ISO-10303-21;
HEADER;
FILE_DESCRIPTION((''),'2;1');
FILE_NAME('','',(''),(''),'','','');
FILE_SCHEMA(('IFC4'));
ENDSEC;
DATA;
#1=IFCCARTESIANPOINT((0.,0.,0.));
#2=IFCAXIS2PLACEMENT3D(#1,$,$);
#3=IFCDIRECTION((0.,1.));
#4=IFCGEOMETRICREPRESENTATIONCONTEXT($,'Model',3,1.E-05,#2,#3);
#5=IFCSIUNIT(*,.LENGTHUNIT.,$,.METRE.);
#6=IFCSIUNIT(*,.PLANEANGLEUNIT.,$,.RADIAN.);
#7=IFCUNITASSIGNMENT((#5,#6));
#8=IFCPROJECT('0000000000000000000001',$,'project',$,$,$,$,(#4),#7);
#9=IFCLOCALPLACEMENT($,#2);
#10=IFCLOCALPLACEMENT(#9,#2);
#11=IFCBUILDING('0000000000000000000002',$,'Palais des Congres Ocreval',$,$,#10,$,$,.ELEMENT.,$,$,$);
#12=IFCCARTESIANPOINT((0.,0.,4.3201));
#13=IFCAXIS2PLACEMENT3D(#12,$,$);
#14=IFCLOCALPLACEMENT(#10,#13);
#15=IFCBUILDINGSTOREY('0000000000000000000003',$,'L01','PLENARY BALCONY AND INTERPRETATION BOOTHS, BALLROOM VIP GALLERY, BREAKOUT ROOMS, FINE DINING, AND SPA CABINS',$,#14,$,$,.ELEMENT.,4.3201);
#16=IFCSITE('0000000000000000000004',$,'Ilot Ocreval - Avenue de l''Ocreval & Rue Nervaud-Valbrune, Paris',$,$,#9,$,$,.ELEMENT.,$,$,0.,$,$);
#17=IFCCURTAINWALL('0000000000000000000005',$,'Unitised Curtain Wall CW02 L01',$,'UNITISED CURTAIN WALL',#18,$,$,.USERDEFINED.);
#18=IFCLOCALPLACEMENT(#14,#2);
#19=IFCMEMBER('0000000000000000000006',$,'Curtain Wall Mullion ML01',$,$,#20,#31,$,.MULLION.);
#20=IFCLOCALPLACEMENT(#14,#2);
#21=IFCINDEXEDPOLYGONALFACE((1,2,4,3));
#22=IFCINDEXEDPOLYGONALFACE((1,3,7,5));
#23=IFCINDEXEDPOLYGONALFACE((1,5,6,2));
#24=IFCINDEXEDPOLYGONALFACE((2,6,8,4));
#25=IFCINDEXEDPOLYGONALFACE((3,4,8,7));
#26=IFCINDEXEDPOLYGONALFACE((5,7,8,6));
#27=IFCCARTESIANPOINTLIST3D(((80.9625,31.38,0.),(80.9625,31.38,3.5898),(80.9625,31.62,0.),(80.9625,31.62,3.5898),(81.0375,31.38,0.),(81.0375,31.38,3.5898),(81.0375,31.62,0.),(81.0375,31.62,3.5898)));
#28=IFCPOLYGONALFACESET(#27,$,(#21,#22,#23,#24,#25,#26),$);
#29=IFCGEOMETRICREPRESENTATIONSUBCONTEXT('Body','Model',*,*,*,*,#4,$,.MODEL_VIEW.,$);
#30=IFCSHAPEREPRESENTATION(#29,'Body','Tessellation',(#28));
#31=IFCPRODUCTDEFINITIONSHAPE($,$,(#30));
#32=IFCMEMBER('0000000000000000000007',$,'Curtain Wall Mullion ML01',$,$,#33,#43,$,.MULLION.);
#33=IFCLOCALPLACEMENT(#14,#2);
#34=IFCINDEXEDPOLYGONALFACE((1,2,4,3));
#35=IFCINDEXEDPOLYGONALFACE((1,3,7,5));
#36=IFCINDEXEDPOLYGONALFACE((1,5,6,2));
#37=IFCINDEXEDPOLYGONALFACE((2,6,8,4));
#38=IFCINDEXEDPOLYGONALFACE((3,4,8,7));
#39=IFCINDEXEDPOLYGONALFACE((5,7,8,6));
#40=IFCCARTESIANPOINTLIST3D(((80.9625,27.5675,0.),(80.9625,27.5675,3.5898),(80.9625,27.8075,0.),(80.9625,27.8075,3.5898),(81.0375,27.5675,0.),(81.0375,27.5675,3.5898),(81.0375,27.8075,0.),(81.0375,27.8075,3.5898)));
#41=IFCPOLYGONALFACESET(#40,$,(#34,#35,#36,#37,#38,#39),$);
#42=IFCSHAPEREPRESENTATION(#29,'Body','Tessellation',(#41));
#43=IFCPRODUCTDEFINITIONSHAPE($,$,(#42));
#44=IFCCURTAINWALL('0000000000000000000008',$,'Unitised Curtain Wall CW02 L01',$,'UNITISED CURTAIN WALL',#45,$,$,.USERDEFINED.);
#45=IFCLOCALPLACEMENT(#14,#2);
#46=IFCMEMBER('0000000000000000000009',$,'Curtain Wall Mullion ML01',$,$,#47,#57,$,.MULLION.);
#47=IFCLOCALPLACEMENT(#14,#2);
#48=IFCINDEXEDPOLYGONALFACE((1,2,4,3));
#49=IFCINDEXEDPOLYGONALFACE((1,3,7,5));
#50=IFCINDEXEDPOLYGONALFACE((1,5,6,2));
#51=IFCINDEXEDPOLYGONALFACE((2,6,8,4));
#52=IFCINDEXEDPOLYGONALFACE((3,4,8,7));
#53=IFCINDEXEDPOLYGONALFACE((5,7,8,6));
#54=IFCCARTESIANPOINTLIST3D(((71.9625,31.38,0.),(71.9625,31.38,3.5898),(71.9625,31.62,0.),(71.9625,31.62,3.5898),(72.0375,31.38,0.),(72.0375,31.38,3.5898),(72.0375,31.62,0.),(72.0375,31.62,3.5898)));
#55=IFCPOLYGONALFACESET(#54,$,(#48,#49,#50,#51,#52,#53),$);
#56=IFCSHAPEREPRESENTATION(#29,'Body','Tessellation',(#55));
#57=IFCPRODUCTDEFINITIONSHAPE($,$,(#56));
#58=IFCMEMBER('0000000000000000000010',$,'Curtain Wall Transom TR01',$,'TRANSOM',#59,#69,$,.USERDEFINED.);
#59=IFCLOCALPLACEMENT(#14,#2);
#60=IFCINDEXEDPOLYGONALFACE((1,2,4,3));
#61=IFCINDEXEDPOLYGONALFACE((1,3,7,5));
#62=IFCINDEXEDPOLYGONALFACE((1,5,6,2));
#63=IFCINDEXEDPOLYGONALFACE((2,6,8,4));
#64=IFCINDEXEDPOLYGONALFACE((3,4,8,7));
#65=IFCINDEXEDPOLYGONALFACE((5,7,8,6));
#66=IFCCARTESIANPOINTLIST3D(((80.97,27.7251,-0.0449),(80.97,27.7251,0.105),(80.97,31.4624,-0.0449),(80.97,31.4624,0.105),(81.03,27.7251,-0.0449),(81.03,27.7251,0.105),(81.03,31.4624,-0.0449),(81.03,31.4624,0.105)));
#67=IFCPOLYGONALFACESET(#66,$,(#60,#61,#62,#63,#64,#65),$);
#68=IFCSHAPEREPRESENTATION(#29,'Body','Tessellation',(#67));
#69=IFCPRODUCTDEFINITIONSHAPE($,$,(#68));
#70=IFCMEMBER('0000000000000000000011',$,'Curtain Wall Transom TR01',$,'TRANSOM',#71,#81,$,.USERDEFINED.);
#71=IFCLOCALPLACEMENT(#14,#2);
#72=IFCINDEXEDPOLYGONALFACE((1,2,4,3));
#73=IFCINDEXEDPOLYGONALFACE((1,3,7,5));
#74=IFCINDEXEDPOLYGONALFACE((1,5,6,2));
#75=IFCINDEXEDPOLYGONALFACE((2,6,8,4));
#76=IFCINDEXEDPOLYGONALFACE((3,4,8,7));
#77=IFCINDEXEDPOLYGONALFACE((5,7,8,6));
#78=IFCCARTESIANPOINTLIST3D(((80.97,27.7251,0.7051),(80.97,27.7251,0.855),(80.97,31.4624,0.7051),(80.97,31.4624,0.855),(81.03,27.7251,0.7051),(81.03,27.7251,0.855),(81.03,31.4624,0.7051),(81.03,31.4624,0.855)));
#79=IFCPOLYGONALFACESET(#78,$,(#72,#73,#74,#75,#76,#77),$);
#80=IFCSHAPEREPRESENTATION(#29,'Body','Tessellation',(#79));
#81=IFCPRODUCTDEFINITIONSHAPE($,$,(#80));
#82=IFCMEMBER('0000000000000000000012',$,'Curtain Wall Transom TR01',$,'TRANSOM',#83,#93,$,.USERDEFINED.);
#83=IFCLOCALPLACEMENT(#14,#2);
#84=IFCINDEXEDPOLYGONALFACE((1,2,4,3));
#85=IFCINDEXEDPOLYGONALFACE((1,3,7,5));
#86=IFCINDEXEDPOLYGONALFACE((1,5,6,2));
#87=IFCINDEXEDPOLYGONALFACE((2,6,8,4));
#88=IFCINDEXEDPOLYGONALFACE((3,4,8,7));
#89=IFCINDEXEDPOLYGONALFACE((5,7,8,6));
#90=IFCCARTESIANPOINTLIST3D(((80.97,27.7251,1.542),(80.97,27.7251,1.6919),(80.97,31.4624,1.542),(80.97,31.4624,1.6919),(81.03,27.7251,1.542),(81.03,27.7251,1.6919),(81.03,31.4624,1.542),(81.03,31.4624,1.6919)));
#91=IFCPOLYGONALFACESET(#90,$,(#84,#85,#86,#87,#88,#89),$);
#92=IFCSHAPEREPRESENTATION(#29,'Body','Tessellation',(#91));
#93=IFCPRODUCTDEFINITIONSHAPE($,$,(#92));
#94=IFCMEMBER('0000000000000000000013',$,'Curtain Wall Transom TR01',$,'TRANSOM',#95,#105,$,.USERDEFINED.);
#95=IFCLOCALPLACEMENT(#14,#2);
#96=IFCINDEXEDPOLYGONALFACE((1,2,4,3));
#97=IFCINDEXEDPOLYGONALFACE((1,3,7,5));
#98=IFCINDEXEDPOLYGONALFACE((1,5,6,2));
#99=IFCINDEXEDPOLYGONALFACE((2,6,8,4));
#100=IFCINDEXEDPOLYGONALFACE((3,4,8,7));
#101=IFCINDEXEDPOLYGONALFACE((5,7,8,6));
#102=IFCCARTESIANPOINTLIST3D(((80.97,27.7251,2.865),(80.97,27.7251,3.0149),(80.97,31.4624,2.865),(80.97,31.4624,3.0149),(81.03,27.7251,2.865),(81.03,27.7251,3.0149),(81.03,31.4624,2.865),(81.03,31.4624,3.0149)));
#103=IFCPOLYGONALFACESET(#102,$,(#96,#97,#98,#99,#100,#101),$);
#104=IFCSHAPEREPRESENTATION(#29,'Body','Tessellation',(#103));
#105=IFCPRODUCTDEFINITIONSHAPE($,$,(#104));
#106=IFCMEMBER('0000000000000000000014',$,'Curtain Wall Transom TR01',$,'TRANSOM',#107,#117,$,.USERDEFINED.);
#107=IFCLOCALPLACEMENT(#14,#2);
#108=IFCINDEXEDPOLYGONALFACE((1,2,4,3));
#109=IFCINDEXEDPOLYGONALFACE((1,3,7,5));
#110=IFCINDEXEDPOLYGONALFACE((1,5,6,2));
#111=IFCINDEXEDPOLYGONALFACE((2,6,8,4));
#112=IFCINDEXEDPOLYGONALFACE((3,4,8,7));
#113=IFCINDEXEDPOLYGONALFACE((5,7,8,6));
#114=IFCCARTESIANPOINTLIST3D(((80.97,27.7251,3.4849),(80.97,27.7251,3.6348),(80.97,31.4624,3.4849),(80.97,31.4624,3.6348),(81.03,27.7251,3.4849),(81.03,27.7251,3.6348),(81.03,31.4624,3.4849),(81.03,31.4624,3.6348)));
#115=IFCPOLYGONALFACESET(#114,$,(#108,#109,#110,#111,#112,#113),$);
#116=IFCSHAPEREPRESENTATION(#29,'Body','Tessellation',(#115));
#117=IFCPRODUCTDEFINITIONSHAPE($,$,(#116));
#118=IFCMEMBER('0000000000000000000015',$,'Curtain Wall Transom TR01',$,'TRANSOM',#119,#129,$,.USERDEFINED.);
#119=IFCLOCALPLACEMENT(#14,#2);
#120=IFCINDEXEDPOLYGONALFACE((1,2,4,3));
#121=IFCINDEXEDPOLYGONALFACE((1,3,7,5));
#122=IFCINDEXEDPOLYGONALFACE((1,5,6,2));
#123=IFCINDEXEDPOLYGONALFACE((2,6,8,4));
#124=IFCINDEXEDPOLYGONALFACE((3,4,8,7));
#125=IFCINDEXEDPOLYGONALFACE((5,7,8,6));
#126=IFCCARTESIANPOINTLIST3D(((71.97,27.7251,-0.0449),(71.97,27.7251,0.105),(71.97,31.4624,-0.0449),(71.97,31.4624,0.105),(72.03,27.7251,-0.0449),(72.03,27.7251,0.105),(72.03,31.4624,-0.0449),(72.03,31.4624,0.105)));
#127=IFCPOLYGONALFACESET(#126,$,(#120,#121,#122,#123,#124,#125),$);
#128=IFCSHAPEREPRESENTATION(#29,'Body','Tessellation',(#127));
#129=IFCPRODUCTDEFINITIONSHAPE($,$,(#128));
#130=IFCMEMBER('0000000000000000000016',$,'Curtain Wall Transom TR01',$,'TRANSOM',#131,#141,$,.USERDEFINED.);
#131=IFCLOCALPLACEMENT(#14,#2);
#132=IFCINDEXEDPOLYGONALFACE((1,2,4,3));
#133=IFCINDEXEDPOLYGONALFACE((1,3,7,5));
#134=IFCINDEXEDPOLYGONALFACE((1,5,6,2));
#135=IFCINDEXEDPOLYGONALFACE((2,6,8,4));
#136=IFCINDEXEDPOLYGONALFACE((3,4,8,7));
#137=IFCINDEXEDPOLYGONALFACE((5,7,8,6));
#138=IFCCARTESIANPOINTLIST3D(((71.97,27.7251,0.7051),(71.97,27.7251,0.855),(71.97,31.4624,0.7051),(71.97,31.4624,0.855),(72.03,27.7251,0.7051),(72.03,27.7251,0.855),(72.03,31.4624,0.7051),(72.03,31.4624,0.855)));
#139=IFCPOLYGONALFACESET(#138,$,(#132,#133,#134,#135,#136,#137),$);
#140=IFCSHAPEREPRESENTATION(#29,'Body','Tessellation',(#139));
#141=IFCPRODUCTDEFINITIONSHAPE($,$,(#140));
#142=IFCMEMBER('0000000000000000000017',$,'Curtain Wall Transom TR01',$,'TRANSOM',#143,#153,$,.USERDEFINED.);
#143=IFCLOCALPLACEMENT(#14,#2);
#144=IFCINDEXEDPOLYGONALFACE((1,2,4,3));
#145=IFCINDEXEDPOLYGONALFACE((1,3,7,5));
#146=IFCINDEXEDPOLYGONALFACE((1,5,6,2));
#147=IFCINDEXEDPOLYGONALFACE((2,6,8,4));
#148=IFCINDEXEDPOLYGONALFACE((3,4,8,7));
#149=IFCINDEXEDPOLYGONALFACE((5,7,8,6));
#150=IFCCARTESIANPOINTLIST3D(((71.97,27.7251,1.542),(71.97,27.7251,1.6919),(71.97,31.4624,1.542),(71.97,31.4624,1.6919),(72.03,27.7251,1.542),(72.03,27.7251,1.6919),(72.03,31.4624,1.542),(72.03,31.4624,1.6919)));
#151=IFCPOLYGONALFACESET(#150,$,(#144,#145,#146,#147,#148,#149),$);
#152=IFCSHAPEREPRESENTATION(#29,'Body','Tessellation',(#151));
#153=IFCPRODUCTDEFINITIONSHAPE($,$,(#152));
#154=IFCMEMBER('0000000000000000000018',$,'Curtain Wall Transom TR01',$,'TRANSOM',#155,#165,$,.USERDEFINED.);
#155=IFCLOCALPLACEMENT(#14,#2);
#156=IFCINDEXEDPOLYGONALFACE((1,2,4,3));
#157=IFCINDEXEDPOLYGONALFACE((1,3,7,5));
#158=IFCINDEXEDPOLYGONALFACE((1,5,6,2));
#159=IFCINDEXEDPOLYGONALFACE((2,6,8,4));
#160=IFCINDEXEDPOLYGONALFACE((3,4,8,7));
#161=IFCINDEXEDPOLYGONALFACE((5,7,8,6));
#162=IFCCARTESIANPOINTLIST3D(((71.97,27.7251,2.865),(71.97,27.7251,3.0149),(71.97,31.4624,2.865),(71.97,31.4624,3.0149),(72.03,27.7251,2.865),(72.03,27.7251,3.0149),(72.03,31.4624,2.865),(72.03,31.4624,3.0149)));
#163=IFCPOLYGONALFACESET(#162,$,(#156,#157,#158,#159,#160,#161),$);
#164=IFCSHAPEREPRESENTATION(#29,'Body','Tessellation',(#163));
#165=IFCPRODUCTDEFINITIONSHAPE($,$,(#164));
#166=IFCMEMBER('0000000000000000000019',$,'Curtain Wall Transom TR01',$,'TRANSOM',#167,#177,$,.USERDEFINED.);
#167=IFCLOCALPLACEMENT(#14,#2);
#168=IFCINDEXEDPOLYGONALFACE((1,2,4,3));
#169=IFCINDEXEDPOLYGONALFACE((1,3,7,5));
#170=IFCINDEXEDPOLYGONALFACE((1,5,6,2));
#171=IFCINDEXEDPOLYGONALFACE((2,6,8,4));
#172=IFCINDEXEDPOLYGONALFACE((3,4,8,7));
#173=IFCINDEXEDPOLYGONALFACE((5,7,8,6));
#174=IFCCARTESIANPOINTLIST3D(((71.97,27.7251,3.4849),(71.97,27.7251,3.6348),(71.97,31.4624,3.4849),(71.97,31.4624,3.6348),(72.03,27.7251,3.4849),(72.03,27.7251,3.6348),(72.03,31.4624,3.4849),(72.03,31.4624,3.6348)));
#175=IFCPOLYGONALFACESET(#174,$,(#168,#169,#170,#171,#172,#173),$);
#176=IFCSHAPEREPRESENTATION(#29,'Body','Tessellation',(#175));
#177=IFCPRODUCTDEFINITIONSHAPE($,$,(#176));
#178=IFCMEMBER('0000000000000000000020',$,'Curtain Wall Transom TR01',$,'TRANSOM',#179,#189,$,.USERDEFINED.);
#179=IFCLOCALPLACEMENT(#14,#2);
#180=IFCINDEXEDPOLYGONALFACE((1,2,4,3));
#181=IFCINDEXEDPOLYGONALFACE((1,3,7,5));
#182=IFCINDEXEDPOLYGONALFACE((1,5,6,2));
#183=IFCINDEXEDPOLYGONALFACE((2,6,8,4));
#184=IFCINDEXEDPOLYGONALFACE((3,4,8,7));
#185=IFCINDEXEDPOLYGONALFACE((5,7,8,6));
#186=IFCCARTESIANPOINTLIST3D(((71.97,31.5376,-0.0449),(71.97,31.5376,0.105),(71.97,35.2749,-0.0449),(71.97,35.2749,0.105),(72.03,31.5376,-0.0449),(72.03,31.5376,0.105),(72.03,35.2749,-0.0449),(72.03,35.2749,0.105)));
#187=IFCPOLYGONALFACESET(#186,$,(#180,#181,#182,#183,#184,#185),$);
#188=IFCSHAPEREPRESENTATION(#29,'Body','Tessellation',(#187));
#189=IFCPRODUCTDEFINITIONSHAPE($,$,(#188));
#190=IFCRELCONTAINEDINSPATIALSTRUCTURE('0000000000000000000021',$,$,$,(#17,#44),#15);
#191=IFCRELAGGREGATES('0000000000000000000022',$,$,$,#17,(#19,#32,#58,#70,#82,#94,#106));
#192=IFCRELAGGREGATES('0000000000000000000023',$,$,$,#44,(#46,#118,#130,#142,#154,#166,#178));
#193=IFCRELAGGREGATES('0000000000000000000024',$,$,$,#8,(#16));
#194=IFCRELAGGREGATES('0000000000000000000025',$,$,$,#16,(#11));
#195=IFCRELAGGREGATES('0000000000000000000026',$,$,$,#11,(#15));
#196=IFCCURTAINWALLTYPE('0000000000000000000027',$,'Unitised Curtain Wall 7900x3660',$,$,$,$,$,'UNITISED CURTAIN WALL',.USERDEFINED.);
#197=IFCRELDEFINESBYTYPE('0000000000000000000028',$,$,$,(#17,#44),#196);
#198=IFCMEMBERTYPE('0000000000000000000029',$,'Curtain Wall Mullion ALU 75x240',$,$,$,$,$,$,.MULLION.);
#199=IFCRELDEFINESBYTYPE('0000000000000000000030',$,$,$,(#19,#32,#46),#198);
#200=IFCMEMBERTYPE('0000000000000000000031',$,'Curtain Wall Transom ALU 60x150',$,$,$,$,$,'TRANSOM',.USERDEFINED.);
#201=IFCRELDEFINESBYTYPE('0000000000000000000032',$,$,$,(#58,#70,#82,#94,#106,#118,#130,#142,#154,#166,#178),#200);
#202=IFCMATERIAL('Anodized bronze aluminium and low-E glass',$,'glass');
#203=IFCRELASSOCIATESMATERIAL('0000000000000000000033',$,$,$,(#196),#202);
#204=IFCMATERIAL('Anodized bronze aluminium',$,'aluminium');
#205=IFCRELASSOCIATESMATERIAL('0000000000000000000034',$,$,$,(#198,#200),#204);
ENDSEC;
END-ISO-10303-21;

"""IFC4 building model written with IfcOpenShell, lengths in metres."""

from ifc_helpers import new_model, si_unit, direction, frame, origin, origin_2d, place, context, subcontext, project, spatial, rectangle, extrude, material, material_profile, profile_set, type_object, element, aggregate, save


model = new_model("IFC4")

# Units and contexts
model_context = context("Model", 3, precision=1e-05, world=origin(), true_north=direction((0.0, 1.0)))
body_context = subcontext(model_context, "Body", "Model", "MODEL_VIEW")
ifc_project = project(units=[si_unit("LENGTHUNIT", "METRE"), si_unit("PLANEANGLEUNIT", "RADIAN")], contexts=[model_context])

# Site, building, storey
site_placement = place(None, origin())
site = spatial("IfcSite", under=ifc_project, at=site_placement, Name="Ilot Ocreval - Avenue de l'Ocreval & Rue Nervaud-Valbrune, Paris", CompositionType="ELEMENT", RefElevation=0.0)
building_placement = place(site_placement, origin())
building = spatial("IfcBuilding", under=site, at=building_placement, Name="Palais des Congres Ocreval", CompositionType="ELEMENT")
storey_placement = place(building_placement, frame((0.0, 0.0, 4.3201)))
storey = spatial("IfcBuildingStorey", under=building, at=storey_placement, Name="L01", Description="PLENARY BALCONY AND INTERPRETATION BOOTHS, BALLROOM VIP GALLERY, BREAKOUT ROOMS, FINE DINING, AND SPA CABINS", CompositionType="ELEMENT", Elevation=4.3201)

# Curtain wall, members
ifc_material_1 = material(Name="Anodized bronze aluminium and low-E glass", Category="glass")
curtain_wall_type = type_object("IfcCurtainWallType", Name="Unitised Curtain Wall 7900x3660", ElementType="UNITISED CURTAIN WALL", PredefinedType="USERDEFINED", material=ifc_material_1)
curtain_wall_1_placement = place(storey_placement, origin())
curtain_wall_1 = element("IfcCurtainWall", 1, at=curtain_wall_1_placement, inside=storey, type_object=curtain_wall_type, Name="Unitised Curtain Wall CW02 L01", ObjectType="UNITISED CURTAIN WALL", PredefinedType="USERDEFINED")
ifc_material_2 = material(Name="Anodized bronze aluminium", Category="aluminium")
ifc_material_profile_1 = material_profile(ifc_material_2, rectangle(XDim=0.075, YDim=0.24, at=origin_2d()), Name="ALU 75x240")
ifc_profile_set_1 = profile_set([ifc_material_profile_1], Name="Anodized bronze aluminium")
member_type_1 = type_object("IfcMemberType", Name="Curtain Wall Mullion ALU 75x240", PredefinedType="MULLION", material=ifc_profile_set_1)
member_1_placement = place(storey_placement, frame((81.0, 31.5, 0.0), z_axis=(0.0, 0.0, 1.0), x_axis=(1.0, 0.0, 0.0)))
member_1 = element("IfcMember", 2, at=member_1_placement, type_object=member_type_1, Name="Curtain Wall Mullion ML01", PredefinedType="MULLION", context=body_context, shape_type="SweptSolid", body=[
    extrude(rectangle(XDim=0.075, YDim=0.24, at=origin_2d()), origin(), (0.0, 0.0, 1.0), 3.5898),
])
member_2_placement = place(storey_placement, frame((81.0, 27.6875, 0.0), z_axis=(0.0, 0.0, 1.0), x_axis=(1.0, 0.0, 0.0)))
member_2 = element("IfcMember", 3, at=member_2_placement, type_object=member_type_1, Name="Curtain Wall Mullion ML01", PredefinedType="MULLION", context=body_context, shape_type="SweptSolid", body=[
    extrude(rectangle(XDim=0.075, YDim=0.24, at=origin_2d()), origin(), (0.0, 0.0, 1.0), 3.5898),
])

# Curtain wall, member
curtain_wall_2_placement = place(storey_placement, origin())
curtain_wall_2 = element("IfcCurtainWall", 4, at=curtain_wall_2_placement, inside=storey, type_object=curtain_wall_type, Name="Unitised Curtain Wall CW02 L01", ObjectType="UNITISED CURTAIN WALL", PredefinedType="USERDEFINED")
member_3_placement = place(storey_placement, frame((72.0, 31.5, 0.0), z_axis=(0.0, 0.0, 1.0), x_axis=(-1.0, 0.0, 0.0)))
member_3 = element("IfcMember", 5, at=member_3_placement, type_object=member_type_1, Name="Curtain Wall Mullion ML01", PredefinedType="MULLION", context=body_context, shape_type="SweptSolid", body=[
    extrude(rectangle(XDim=0.075, YDim=0.24, at=origin_2d()), origin(), (0.0, 0.0, 1.0), 3.5898),
])

# Members
ifc_material_profile_2 = material_profile(ifc_material_2, rectangle(XDim=0.0601, YDim=0.1499, at=origin_2d()), Name="ALU 60x150")
ifc_profile_set_2 = profile_set([ifc_material_profile_2], Name="Anodized bronze aluminium")
member_type_2 = type_object("IfcMemberType", Name="Curtain Wall Transom ALU 60x150", ElementType="TRANSOM", PredefinedType="USERDEFINED", material=ifc_profile_set_2)
member_4_placement = place(storey_placement, frame((81.0, 31.4624, 0.03), z_axis=(0.0, -1.0, 0.0), x_axis=(1.0, 0.0, 0.0)))
member_4 = element("IfcMember", 6, at=member_4_placement, type_object=member_type_2, Name="Curtain Wall Transom TR01", ObjectType="TRANSOM", PredefinedType="USERDEFINED", context=body_context, shape_type="SweptSolid", body=[
    extrude(rectangle(XDim=0.0601, YDim=0.1499, at=origin_2d()), origin(), (0.0, 0.0, 1.0), 3.7373),
])
member_5_placement = place(storey_placement, frame((81.0, 31.4624, 0.78), z_axis=(0.0, -1.0, 0.0), x_axis=(1.0, 0.0, 0.0)))
member_5 = element("IfcMember", 7, at=member_5_placement, type_object=member_type_2, Name="Curtain Wall Transom TR01", ObjectType="TRANSOM", PredefinedType="USERDEFINED", context=body_context, shape_type="SweptSolid", body=[
    extrude(rectangle(XDim=0.0601, YDim=0.1499, at=origin_2d()), origin(), (0.0, 0.0, 1.0), 3.7373),
])
member_6_placement = place(storey_placement, frame((81.0, 31.4624, 1.6169), z_axis=(0.0, -1.0, 0.0), x_axis=(1.0, 0.0, 0.0)))
member_6 = element("IfcMember", 8, at=member_6_placement, type_object=member_type_2, Name="Curtain Wall Transom TR01", ObjectType="TRANSOM", PredefinedType="USERDEFINED", context=body_context, shape_type="SweptSolid", body=[
    extrude(rectangle(XDim=0.0601, YDim=0.1499, at=origin_2d()), origin(), (0.0, 0.0, 1.0), 3.7373),
])
member_7_placement = place(storey_placement, frame((81.0, 31.4624, 2.9399), z_axis=(0.0, -1.0, 0.0), x_axis=(1.0, 0.0, 0.0)))
member_7 = element("IfcMember", 9, at=member_7_placement, type_object=member_type_2, Name="Curtain Wall Transom TR01", ObjectType="TRANSOM", PredefinedType="USERDEFINED", context=body_context, shape_type="SweptSolid", body=[
    extrude(rectangle(XDim=0.0601, YDim=0.1499, at=origin_2d()), origin(), (0.0, 0.0, 1.0), 3.7373),
])
member_8_placement = place(storey_placement, frame((81.0, 31.4624, 3.5598), z_axis=(0.0, -1.0, 0.0), x_axis=(1.0, 0.0, 0.0)))
member_8 = element("IfcMember", 10, at=member_8_placement, type_object=member_type_2, Name="Curtain Wall Transom TR01", ObjectType="TRANSOM", PredefinedType="USERDEFINED", context=body_context, shape_type="SweptSolid", body=[
    extrude(rectangle(XDim=0.0601, YDim=0.1499, at=origin_2d()), origin(), (0.0, 0.0, 1.0), 3.7373),
])
member_9_placement = place(storey_placement, frame((72.0, 27.7251, 0.03), z_axis=(0.0, 1.0, 0.0), x_axis=(-1.0, 0.0, 0.0)))
member_9 = element("IfcMember", 11, at=member_9_placement, type_object=member_type_2, Name="Curtain Wall Transom TR01", ObjectType="TRANSOM", PredefinedType="USERDEFINED", context=body_context, shape_type="SweptSolid", body=[
    extrude(rectangle(XDim=0.0601, YDim=0.1499, at=origin_2d()), origin(), (0.0, 0.0, 1.0), 3.7373),
])
member_10_placement = place(storey_placement, frame((72.0, 27.7251, 0.78), z_axis=(0.0, 1.0, 0.0), x_axis=(-1.0, 0.0, 0.0)))
member_10 = element("IfcMember", 12, at=member_10_placement, type_object=member_type_2, Name="Curtain Wall Transom TR01", ObjectType="TRANSOM", PredefinedType="USERDEFINED", context=body_context, shape_type="SweptSolid", body=[
    extrude(rectangle(XDim=0.0601, YDim=0.1499, at=origin_2d()), origin(), (0.0, 0.0, 1.0), 3.7373),
])
member_11_placement = place(storey_placement, frame((72.0, 27.7251, 1.6169), z_axis=(0.0, 1.0, 0.0), x_axis=(-1.0, 0.0, 0.0)))
member_11 = element("IfcMember", 13, at=member_11_placement, type_object=member_type_2, Name="Curtain Wall Transom TR01", ObjectType="TRANSOM", PredefinedType="USERDEFINED", context=body_context, shape_type="SweptSolid", body=[
    extrude(rectangle(XDim=0.0601, YDim=0.1499, at=origin_2d()), origin(), (0.0, 0.0, 1.0), 3.7373),
])
member_12_placement = place(storey_placement, frame((72.0, 27.7251, 2.9399), z_axis=(0.0, 1.0, 0.0), x_axis=(-1.0, 0.0, 0.0)))
member_12 = element("IfcMember", 14, at=member_12_placement, type_object=member_type_2, Name="Curtain Wall Transom TR01", ObjectType="TRANSOM", PredefinedType="USERDEFINED", context=body_context, shape_type="SweptSolid", body=[
    extrude(rectangle(XDim=0.0601, YDim=0.1499, at=origin_2d()), origin(), (0.0, 0.0, 1.0), 3.7373),
])
member_13_placement = place(storey_placement, frame((72.0, 27.7251, 3.5598), z_axis=(0.0, 1.0, 0.0), x_axis=(-1.0, 0.0, 0.0)))
member_13 = element("IfcMember", 15, at=member_13_placement, type_object=member_type_2, Name="Curtain Wall Transom TR01", ObjectType="TRANSOM", PredefinedType="USERDEFINED", context=body_context, shape_type="SweptSolid", body=[
    extrude(rectangle(XDim=0.0601, YDim=0.1499, at=origin_2d()), origin(), (0.0, 0.0, 1.0), 3.7373),
])
member_14_placement = place(storey_placement, frame((72.0, 31.5376, 0.03), z_axis=(0.0, 1.0, 0.0), x_axis=(-1.0, 0.0, 0.0)))
member_14 = element("IfcMember", 16, at=member_14_placement, type_object=member_type_2, Name="Curtain Wall Transom TR01", ObjectType="TRANSOM", PredefinedType="USERDEFINED", context=body_context, shape_type="SweptSolid", body=[
    extrude(rectangle(XDim=0.0601, YDim=0.1499, at=origin_2d()), origin(), (0.0, 0.0, 1.0), 3.7373),
])

aggregate(curtain_wall_1, [member_1, member_2, member_4, member_5, member_6, member_7, member_8])
aggregate(curtain_wall_2, [member_3, member_9, member_10, member_11, member_12, member_13, member_14])

save(model, "model.ifc")
